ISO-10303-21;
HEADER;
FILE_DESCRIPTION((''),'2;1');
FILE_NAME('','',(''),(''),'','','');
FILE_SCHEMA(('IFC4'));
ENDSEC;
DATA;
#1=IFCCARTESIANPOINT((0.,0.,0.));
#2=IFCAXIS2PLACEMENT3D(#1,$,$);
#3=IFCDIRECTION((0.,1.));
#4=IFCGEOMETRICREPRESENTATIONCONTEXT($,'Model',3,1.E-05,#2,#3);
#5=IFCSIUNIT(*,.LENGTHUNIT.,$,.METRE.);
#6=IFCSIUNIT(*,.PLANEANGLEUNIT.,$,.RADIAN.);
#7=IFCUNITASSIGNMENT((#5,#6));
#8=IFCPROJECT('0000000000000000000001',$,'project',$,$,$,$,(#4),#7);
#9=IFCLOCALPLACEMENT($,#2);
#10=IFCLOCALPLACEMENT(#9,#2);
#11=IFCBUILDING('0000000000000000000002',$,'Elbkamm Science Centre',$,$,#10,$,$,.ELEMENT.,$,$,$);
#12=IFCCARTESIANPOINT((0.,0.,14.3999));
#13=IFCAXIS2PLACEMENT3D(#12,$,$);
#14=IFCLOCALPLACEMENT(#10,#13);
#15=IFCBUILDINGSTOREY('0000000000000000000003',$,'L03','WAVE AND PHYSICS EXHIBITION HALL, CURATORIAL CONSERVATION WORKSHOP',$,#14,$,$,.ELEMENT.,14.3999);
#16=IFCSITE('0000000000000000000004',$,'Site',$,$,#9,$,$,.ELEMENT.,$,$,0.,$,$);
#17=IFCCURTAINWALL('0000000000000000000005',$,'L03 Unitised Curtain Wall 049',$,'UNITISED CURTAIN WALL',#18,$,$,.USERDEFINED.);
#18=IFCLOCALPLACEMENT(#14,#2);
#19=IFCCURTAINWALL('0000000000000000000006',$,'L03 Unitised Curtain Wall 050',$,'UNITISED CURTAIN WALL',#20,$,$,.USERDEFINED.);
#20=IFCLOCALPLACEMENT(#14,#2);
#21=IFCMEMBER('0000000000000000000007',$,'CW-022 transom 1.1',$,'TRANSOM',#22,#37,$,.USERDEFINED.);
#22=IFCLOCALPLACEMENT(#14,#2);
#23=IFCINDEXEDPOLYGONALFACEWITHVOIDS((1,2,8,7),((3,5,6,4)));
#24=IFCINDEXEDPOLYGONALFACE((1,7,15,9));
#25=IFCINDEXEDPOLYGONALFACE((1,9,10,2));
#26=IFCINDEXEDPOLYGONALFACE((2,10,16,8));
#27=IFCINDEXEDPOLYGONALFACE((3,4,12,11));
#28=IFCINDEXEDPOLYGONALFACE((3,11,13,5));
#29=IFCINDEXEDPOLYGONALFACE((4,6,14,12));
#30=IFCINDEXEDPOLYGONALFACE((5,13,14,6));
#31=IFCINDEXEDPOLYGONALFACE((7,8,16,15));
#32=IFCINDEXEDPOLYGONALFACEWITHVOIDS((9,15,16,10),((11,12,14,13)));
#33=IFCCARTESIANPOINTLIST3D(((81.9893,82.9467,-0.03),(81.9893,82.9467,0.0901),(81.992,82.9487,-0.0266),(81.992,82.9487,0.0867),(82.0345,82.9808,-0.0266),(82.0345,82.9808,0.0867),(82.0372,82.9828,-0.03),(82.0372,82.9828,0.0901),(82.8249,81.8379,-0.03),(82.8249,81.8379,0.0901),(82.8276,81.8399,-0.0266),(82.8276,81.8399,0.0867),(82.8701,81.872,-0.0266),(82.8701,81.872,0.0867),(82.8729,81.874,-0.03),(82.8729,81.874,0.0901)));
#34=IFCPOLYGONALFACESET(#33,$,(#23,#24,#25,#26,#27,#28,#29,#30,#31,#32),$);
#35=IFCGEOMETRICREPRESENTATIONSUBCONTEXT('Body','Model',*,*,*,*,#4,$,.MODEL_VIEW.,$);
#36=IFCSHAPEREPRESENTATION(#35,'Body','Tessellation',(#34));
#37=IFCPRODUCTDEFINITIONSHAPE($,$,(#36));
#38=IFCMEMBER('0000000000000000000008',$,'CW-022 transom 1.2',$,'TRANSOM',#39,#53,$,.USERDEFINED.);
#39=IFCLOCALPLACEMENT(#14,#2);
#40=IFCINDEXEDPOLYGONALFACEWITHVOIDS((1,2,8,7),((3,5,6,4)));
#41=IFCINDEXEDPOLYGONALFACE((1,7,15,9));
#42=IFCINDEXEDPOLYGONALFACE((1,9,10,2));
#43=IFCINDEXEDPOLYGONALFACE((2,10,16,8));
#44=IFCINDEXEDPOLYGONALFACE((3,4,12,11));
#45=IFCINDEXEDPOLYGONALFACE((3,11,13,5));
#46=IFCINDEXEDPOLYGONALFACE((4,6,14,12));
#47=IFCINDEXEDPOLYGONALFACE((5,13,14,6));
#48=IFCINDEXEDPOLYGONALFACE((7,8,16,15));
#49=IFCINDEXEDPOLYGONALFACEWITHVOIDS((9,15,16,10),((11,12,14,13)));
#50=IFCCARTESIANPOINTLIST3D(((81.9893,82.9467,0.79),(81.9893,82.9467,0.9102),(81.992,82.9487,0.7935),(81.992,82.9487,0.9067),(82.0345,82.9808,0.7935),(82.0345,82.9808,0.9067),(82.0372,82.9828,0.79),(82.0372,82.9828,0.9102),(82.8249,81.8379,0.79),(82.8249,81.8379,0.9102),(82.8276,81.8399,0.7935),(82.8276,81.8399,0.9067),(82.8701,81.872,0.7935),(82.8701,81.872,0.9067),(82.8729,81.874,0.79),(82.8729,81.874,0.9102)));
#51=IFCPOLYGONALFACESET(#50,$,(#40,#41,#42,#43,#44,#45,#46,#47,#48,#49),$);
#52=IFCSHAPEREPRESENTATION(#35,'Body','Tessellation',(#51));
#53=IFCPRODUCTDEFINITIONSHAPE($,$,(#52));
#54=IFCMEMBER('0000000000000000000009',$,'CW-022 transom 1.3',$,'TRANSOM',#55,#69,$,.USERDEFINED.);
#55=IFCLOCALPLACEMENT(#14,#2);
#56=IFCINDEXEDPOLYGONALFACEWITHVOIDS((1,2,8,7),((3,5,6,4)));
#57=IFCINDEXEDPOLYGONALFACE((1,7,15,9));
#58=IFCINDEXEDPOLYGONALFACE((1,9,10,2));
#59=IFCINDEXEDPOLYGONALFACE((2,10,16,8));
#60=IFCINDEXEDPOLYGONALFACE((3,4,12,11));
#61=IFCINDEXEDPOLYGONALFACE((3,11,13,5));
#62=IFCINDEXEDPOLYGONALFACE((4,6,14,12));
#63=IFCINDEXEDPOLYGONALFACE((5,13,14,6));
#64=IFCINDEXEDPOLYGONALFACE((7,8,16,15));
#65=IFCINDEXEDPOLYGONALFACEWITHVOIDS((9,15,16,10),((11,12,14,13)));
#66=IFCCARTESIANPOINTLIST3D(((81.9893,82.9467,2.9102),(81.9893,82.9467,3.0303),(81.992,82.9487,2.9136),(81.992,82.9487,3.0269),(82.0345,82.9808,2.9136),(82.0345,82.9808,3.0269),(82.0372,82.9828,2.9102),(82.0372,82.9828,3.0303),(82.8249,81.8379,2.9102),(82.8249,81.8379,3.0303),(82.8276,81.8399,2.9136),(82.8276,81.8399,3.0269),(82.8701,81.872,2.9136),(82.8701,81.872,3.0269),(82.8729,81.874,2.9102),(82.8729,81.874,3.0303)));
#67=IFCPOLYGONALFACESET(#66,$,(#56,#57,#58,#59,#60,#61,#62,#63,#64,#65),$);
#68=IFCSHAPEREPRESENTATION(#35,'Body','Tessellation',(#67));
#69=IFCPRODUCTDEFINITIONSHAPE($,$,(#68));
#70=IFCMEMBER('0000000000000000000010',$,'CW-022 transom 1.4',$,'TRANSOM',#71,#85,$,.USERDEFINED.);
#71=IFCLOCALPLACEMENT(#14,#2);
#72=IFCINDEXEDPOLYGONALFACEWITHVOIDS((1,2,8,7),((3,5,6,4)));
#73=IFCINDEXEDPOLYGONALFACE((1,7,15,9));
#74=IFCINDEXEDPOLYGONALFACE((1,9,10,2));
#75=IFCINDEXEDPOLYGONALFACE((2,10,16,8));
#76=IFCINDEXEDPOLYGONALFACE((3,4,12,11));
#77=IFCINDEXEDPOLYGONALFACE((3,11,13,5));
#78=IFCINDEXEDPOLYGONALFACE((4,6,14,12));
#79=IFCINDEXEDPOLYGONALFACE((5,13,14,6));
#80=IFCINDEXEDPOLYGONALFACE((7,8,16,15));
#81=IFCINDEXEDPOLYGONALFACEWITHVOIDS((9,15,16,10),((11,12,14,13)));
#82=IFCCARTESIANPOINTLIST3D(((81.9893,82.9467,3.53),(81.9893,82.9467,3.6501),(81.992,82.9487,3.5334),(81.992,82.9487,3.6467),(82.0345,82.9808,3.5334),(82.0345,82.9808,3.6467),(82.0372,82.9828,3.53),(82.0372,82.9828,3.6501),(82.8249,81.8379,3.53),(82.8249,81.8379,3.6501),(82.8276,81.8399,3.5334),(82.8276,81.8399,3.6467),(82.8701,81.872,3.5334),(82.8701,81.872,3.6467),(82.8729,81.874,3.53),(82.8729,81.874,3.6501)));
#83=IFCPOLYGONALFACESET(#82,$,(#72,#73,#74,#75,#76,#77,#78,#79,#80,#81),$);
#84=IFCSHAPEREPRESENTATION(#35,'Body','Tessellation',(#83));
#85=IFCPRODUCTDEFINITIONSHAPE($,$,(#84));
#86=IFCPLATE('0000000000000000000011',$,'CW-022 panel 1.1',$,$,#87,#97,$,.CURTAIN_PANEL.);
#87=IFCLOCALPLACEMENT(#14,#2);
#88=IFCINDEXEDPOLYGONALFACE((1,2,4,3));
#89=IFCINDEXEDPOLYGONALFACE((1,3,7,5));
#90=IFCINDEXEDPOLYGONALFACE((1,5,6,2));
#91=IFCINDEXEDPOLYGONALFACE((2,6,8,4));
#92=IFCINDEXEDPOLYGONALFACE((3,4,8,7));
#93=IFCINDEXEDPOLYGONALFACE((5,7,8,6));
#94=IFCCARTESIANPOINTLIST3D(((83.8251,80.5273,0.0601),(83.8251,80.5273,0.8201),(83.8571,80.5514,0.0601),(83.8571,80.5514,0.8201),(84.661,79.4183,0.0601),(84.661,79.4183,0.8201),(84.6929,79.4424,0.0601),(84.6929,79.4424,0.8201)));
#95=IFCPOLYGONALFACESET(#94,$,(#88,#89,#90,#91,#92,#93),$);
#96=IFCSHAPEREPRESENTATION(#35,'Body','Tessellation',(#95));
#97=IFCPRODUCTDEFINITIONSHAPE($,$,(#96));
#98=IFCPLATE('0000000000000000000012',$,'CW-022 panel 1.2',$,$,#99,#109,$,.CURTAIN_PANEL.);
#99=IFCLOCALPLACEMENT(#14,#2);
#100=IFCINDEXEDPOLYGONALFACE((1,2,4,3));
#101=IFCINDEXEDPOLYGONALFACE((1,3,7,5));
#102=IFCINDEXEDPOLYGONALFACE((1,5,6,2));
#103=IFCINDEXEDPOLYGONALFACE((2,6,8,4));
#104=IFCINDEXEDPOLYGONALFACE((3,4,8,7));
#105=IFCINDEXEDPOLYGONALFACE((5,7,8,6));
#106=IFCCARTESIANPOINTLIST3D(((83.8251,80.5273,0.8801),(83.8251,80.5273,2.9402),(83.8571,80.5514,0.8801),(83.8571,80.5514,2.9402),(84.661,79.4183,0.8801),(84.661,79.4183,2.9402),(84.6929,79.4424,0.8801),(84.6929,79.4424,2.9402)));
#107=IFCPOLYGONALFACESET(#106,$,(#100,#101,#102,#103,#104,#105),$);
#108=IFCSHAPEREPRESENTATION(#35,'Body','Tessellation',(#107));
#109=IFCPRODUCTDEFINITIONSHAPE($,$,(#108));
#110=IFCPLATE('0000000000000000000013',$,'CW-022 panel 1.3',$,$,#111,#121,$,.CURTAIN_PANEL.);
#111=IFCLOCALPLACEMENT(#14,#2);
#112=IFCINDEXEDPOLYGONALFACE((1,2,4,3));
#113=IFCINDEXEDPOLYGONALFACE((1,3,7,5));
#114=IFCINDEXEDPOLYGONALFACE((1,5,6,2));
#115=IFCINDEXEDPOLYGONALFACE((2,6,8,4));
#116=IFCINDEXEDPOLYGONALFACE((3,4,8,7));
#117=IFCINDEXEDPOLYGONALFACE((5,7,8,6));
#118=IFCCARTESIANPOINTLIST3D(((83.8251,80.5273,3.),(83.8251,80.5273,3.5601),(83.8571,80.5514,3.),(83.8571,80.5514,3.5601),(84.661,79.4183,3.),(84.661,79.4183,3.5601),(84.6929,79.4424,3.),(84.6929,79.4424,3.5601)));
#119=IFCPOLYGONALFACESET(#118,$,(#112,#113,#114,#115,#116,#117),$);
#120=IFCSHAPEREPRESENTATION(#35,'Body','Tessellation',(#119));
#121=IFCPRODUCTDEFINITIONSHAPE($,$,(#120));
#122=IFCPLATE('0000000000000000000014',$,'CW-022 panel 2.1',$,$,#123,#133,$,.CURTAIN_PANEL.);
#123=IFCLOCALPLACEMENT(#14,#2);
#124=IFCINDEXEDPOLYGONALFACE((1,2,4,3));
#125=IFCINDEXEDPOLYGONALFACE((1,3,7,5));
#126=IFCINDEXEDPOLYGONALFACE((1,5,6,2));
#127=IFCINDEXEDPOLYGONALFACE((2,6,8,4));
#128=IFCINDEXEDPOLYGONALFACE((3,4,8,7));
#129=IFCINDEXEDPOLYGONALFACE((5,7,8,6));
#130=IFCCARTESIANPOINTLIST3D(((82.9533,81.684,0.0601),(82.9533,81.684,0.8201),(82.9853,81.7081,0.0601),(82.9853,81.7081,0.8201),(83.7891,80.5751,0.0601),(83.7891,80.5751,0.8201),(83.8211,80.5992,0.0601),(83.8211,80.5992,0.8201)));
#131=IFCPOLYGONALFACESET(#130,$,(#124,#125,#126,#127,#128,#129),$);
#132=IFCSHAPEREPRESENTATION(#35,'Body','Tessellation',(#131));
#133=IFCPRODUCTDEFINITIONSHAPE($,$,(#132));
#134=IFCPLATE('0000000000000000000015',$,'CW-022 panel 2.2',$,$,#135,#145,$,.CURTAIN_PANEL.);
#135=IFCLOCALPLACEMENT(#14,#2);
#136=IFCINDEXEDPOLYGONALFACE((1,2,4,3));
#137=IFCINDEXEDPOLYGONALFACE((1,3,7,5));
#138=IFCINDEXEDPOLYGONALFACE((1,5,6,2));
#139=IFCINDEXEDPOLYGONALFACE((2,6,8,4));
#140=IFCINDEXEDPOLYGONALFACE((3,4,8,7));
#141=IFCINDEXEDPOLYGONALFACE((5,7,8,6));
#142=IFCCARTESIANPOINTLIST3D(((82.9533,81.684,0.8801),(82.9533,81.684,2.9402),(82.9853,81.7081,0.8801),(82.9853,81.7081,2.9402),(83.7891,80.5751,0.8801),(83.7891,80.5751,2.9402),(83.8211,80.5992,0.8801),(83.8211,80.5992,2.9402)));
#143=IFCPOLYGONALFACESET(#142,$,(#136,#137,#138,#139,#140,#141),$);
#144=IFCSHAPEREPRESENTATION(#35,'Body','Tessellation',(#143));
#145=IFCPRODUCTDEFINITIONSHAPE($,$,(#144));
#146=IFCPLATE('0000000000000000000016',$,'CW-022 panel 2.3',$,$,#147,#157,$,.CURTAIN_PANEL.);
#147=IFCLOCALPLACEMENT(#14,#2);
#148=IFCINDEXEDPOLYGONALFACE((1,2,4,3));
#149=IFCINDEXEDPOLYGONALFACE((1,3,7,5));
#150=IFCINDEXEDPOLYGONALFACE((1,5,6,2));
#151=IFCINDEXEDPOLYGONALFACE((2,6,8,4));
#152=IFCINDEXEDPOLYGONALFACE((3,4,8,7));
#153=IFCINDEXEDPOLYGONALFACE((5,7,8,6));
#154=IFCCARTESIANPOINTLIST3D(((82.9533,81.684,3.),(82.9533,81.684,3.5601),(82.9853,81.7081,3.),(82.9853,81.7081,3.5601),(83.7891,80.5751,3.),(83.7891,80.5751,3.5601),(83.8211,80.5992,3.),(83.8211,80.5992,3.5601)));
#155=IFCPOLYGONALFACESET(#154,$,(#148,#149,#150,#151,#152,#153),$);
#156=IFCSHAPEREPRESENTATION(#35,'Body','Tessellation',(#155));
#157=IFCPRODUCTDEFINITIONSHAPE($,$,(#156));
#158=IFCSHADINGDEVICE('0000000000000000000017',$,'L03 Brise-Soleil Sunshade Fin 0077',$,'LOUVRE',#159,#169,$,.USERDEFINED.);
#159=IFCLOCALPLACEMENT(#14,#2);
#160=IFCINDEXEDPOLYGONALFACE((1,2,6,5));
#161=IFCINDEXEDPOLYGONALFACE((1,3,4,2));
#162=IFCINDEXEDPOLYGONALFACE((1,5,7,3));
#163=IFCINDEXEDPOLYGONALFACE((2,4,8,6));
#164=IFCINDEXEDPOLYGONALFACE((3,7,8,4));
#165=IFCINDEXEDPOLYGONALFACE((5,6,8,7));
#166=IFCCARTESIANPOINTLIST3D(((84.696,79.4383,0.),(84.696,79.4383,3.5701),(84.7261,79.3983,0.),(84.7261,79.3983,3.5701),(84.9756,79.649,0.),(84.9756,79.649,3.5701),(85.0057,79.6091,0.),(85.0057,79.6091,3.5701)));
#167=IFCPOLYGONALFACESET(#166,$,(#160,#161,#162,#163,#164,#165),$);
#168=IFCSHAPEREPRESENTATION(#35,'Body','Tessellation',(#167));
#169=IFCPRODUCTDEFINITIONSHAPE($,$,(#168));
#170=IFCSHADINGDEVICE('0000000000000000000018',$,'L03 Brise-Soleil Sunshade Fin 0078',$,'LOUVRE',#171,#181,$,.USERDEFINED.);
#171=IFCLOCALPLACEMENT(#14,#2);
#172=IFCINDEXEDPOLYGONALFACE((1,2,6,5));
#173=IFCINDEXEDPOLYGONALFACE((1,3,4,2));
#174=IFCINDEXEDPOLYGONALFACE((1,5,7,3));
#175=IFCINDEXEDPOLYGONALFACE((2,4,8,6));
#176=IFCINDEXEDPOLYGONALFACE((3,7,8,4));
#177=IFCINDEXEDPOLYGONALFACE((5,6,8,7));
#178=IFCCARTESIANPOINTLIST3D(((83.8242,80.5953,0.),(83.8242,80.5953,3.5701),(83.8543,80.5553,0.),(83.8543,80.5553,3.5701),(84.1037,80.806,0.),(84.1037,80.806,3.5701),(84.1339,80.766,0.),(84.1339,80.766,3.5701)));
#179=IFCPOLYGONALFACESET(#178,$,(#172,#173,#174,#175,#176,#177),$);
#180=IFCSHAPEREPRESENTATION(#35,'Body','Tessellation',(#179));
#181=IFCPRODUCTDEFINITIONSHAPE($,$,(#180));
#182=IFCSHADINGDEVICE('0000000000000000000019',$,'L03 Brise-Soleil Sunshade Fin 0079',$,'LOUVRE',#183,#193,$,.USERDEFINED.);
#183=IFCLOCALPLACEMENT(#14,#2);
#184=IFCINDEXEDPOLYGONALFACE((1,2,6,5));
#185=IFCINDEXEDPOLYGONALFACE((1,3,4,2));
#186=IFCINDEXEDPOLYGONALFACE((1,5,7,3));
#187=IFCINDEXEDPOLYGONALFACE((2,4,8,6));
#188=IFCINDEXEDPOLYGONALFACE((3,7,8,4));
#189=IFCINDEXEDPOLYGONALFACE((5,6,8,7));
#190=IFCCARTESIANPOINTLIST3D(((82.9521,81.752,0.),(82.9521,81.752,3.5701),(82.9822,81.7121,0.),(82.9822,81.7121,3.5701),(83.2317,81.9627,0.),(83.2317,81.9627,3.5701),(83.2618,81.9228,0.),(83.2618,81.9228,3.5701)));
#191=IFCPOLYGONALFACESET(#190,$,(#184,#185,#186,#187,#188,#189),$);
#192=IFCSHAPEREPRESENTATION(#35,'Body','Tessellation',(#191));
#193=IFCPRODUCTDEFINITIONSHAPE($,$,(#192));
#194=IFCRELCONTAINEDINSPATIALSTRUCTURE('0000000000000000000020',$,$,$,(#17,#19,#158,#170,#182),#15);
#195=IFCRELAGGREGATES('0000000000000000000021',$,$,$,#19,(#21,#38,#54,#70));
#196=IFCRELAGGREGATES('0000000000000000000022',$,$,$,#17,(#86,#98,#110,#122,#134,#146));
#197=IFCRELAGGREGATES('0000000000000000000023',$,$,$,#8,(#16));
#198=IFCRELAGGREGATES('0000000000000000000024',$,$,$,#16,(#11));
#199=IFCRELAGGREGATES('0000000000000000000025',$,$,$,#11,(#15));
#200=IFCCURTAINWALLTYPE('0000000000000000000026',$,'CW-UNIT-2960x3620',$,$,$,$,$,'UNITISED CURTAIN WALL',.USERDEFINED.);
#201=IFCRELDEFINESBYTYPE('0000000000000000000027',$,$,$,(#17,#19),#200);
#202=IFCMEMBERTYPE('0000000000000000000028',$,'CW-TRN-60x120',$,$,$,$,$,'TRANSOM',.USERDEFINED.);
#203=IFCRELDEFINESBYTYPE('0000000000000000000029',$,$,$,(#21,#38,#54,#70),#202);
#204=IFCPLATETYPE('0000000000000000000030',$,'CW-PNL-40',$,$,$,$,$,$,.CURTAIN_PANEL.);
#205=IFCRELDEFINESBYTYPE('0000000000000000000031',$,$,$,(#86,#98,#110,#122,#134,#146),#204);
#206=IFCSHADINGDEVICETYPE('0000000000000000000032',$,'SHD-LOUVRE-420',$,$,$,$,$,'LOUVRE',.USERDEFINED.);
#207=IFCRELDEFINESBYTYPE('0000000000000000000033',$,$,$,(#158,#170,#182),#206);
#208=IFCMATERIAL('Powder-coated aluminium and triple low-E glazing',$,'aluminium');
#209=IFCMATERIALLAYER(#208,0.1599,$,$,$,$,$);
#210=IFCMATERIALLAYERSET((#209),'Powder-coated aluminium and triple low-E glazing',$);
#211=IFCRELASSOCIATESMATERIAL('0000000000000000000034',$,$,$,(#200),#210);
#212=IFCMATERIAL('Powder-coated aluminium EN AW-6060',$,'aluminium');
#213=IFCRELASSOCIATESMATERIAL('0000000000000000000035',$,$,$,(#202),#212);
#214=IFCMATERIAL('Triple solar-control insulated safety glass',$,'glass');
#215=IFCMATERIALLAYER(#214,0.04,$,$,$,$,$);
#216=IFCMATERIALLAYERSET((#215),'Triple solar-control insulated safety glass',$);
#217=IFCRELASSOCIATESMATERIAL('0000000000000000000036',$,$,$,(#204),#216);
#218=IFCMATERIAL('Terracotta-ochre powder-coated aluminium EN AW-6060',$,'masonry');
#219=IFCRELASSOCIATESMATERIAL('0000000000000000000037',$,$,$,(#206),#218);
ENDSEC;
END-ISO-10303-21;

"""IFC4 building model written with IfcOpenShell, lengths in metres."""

from ifc_helpers import new_model, si_unit, direction, frame, origin, origin_2d, place, context, subcontext, project, spatial, rectangle, hollow_rectangle, extrude, material, layer, layer_set, material_profile, profile_set, type_object, element, aggregate, save


model = new_model("IFC4")

# Units and contexts
model_context = context("Model", 3, precision=1e-05, world=origin(), true_north=direction((0.0, 1.0)))
body_context = subcontext(model_context, "Body", "Model", "MODEL_VIEW")
ifc_project = project(units=[si_unit("LENGTHUNIT", "METRE"), si_unit("PLANEANGLEUNIT", "RADIAN")], contexts=[model_context])

# Site, building, storey
site_placement = place(None, origin())
site = spatial("IfcSite", under=ifc_project, at=site_placement, Name="Site", CompositionType="ELEMENT", RefElevation=0.0)
building_placement = place(site_placement, origin())
building = spatial("IfcBuilding", under=site, at=building_placement, Name="Elbkamm Science Centre", CompositionType="ELEMENT")
storey_placement = place(building_placement, frame((0.0, 0.0, 14.3999)))
storey = spatial("IfcBuildingStorey", under=building, at=storey_placement, Name="L03", Description="WAVE AND PHYSICS EXHIBITION HALL, CURATORIAL CONSERVATION WORKSHOP", CompositionType="ELEMENT", Elevation=14.3999)

# Curtain wall
ifc_material_1 = material(Name="Powder-coated aluminium and triple low-E glazing", Category="aluminium")
ifc_layer_1 = layer(ifc_material_1, 0.1599)
ifc_layer_set_1 = layer_set([ifc_layer_1], Name="Powder-coated aluminium and triple low-E glazing")
curtain_wall_type = type_object("IfcCurtainWallType", Name="CW-UNIT-2960x3620", ElementType="UNITISED CURTAIN WALL", PredefinedType="USERDEFINED", material=ifc_layer_set_1)
curtain_wall_1_placement = place(storey_placement, origin())
curtain_wall_1 = element("IfcCurtainWall", 1, at=curtain_wall_1_placement, inside=storey, type_object=curtain_wall_type, Name="L03 Unitised Curtain Wall 049", ObjectType="UNITISED CURTAIN WALL", PredefinedType="USERDEFINED")
ifc_material_2 = material(Name="Powder-coated aluminium EN AW-6060", Category="aluminium")

# Curtain wall
curtain_wall_2_placement = place(storey_placement, origin())
curtain_wall_2 = element("IfcCurtainWall", 2, at=curtain_wall_2_placement, inside=storey, type_object=curtain_wall_type, Name="L03 Unitised Curtain Wall 050", ObjectType="UNITISED CURTAIN WALL", PredefinedType="USERDEFINED")

# Members
ifc_material_profile_1 = material_profile(ifc_material_2, hollow_rectangle(XDim=0.0601, YDim=0.1201, WallThickness=0.0034, at=origin_2d()), Name="ALU T60x120")
ifc_profile_set_1 = profile_set([ifc_material_profile_1], Name="Powder-coated aluminium EN AW-6060")
member_type_1 = type_object("IfcMemberType", Name="CW-TRN-60x120", ElementType="TRANSOM", PredefinedType="USERDEFINED", material=ifc_profile_set_1)
member_1_placement = place(storey_placement, frame((82.8489, 81.856, 0.03), z_axis=(-0.601855, 0.798605, 0.0), x_axis=(-0.798605, -0.601855, 0.0)))
member_1 = element("IfcMember", 3, at=member_1_placement, type_object=member_type_1, Name="CW-022 transom 1.1", ObjectType="TRANSOM", PredefinedType="USERDEFINED", context=body_context, shape_type="SweptSolid", body=[
    extrude(hollow_rectangle(XDim=0.0601, YDim=0.1201, WallThickness=0.0034, at=origin_2d()), origin(), (0.0, 0.0, 1.0), 1.3884),
])
member_2_placement = place(storey_placement, frame((82.8489, 81.856, 0.8501), z_axis=(-0.601855, 0.798605, 0.0), x_axis=(-0.798605, -0.601855, 0.0)))
member_2 = element("IfcMember", 4, at=member_2_placement, type_object=member_type_1, Name="CW-022 transom 1.2", ObjectType="TRANSOM", PredefinedType="USERDEFINED", context=body_context, shape_type="SweptSolid", body=[
    extrude(hollow_rectangle(XDim=0.0601, YDim=0.1201, WallThickness=0.0034, at=origin_2d()), origin(), (0.0, 0.0, 1.0), 1.3884),
])
member_3_placement = place(storey_placement, frame((82.8489, 81.856, 2.9702), z_axis=(-0.601855, 0.798605, 0.0), x_axis=(-0.798605, -0.601855, 0.0)))
member_3 = element("IfcMember", 5, at=member_3_placement, type_object=member_type_1, Name="CW-022 transom 1.3", ObjectType="TRANSOM", PredefinedType="USERDEFINED", context=body_context, shape_type="SweptSolid", body=[
    extrude(hollow_rectangle(XDim=0.0601, YDim=0.1201, WallThickness=0.0034, at=origin_2d()), origin(), (0.0, 0.0, 1.0), 1.3884),
])
member_4_placement = place(storey_placement, frame((82.8489, 81.856, 3.5901), z_axis=(-0.601855, 0.798605, 0.0), x_axis=(-0.798605, -0.601855, 0.0)))
member_4 = element("IfcMember", 6, at=member_4_placement, type_object=member_type_1, Name="CW-022 transom 1.4", ObjectType="TRANSOM", PredefinedType="USERDEFINED", context=body_context, shape_type="SweptSolid", body=[
    extrude(hollow_rectangle(XDim=0.0601, YDim=0.1201, WallThickness=0.0034, at=origin_2d()), origin(), (0.0, 0.0, 1.0), 1.3884),
])
aggregate(curtain_wall_2, [member_1, member_2, member_3, member_4])

# Plates
ifc_material_3 = material(Name="Triple solar-control insulated safety glass", Category="glass")
ifc_layer_2 = layer(ifc_material_3, 0.04)
ifc_layer_set_2 = layer_set([ifc_layer_2], Name="Triple solar-control insulated safety glass")
plate_type = type_object("IfcPlateType", Name="CW-PNL-40", PredefinedType="CURTAIN_PANEL", material=ifc_layer_set_2)
plate_1_placement = place(storey_placement, frame((84.259, 79.9849, 0.0601), z_axis=(0.0, 0.0, 1.0), x_axis=(-0.601881, 0.798586, 0.0)))
plate_1 = element("IfcPlate", 7, at=plate_1_placement, type_object=plate_type, Name="CW-022 panel 1.1", PredefinedType="CURTAIN_PANEL", context=body_context, shape_type="SweptSolid", body=[
    extrude(rectangle(XDim=1.3887, YDim=0.04, at=origin_2d()), origin(), (0.0, 0.0, 1.0), 0.76),
])
plate_2_placement = place(storey_placement, frame((84.259, 79.9849, 0.8801), z_axis=(0.0, 0.0, 1.0), x_axis=(-0.601881, 0.798586, 0.0)))
plate_2 = element("IfcPlate", 8, at=plate_2_placement, type_object=plate_type, Name="CW-022 panel 1.2", PredefinedType="CURTAIN_PANEL", context=body_context, shape_type="SweptSolid", body=[
    extrude(rectangle(XDim=1.3887, YDim=0.04, at=origin_2d()), origin(), (0.0, 0.0, 1.0), 2.0601),
])
plate_3_placement = place(storey_placement, frame((84.259, 79.9849, 3.0), z_axis=(0.0, 0.0, 1.0), x_axis=(-0.601881, 0.798586, 0.0)))
plate_3 = element("IfcPlate", 9, at=plate_3_placement, type_object=plate_type, Name="CW-022 panel 1.3", PredefinedType="CURTAIN_PANEL", context=body_context, shape_type="SweptSolid", body=[
    extrude(rectangle(XDim=1.3887, YDim=0.04, at=origin_2d()), origin(), (0.0, 0.0, 1.0), 0.5601),
])
plate_4_placement = place(storey_placement, frame((83.3872, 81.1416, 0.0601), z_axis=(0.0, 0.0, 1.0), x_axis=(-0.601881, 0.798586, 0.0)))
plate_4 = element("IfcPlate", 10, at=plate_4_placement, type_object=plate_type, Name="CW-022 panel 2.1", PredefinedType="CURTAIN_PANEL", context=body_context, shape_type="SweptSolid", body=[
    extrude(rectangle(XDim=1.3887, YDim=0.04, at=origin_2d()), origin(), (0.0, 0.0, 1.0), 0.76),
])
plate_5_placement = place(storey_placement, frame((83.3872, 81.1416, 0.8801), z_axis=(0.0, 0.0, 1.0), x_axis=(-0.601881, 0.798586, 0.0)))
plate_5 = element("IfcPlate", 11, at=plate_5_placement, type_object=plate_type, Name="CW-022 panel 2.2", PredefinedType="CURTAIN_PANEL", context=body_context, shape_type="SweptSolid", body=[
    extrude(rectangle(XDim=1.3887, YDim=0.04, at=origin_2d()), origin(), (0.0, 0.0, 1.0), 2.0601),
])
plate_6_placement = place(storey_placement, frame((83.3872, 81.1416, 3.0), z_axis=(0.0, 0.0, 1.0), x_axis=(-0.601881, 0.798586, 0.0)))
plate_6 = element("IfcPlate", 12, at=plate_6_placement, type_object=plate_type, Name="CW-022 panel 2.3", PredefinedType="CURTAIN_PANEL", context=body_context, shape_type="SweptSolid", body=[
    extrude(rectangle(XDim=1.3887, YDim=0.04, at=origin_2d()), origin(), (0.0, 0.0, 1.0), 0.5601),
])
aggregate(curtain_wall_1, [plate_1, plate_2, plate_3, plate_4, plate_5, plate_6])

# Shading devices
ifc_material_4 = material(Name="Terracotta-ochre powder-coated aluminium EN AW-6060", Category="masonry")
shading_device_type = type_object("IfcShadingDeviceType", Name="SHD-LOUVRE-420", ElementType="LOUVRE", PredefinedType="USERDEFINED", material=ifc_material_4)
for number, where, z_axis, x_axis, name in (
    (13, (84.8508, 79.5237, 0.0), (0.0, 0.0, 1.0), (0.798586, 0.601881, 0.0), "L03 Brise-Soleil Sunshade Fin 0077"),
    (14, (83.979, 80.6807, 0.0), (0.0, 0.0, 1.0), (0.798586, 0.601881, 0.0), "L03 Brise-Soleil Sunshade Fin 0078"),
    (15, (83.1069, 81.8374, 0.0), (0.0, 0.0, 1.0), (0.798586, 0.601881, 0.0), "L03 Brise-Soleil Sunshade Fin 0079"),
):
    element("IfcShadingDevice", number, at=place(storey_placement, frame(where, z_axis=z_axis, x_axis=x_axis)), inside=storey, type_object=shading_device_type, Name=name, ObjectType="LOUVRE", PredefinedType="USERDEFINED", context=body_context, shape_type="SweptSolid", body=[
        extrude(rectangle(XDim=0.3501, YDim=0.05, at=origin_2d()), origin(), (0.0, 0.0, 1.0), 3.5701),
    ])

save(model, "model.ifc")
